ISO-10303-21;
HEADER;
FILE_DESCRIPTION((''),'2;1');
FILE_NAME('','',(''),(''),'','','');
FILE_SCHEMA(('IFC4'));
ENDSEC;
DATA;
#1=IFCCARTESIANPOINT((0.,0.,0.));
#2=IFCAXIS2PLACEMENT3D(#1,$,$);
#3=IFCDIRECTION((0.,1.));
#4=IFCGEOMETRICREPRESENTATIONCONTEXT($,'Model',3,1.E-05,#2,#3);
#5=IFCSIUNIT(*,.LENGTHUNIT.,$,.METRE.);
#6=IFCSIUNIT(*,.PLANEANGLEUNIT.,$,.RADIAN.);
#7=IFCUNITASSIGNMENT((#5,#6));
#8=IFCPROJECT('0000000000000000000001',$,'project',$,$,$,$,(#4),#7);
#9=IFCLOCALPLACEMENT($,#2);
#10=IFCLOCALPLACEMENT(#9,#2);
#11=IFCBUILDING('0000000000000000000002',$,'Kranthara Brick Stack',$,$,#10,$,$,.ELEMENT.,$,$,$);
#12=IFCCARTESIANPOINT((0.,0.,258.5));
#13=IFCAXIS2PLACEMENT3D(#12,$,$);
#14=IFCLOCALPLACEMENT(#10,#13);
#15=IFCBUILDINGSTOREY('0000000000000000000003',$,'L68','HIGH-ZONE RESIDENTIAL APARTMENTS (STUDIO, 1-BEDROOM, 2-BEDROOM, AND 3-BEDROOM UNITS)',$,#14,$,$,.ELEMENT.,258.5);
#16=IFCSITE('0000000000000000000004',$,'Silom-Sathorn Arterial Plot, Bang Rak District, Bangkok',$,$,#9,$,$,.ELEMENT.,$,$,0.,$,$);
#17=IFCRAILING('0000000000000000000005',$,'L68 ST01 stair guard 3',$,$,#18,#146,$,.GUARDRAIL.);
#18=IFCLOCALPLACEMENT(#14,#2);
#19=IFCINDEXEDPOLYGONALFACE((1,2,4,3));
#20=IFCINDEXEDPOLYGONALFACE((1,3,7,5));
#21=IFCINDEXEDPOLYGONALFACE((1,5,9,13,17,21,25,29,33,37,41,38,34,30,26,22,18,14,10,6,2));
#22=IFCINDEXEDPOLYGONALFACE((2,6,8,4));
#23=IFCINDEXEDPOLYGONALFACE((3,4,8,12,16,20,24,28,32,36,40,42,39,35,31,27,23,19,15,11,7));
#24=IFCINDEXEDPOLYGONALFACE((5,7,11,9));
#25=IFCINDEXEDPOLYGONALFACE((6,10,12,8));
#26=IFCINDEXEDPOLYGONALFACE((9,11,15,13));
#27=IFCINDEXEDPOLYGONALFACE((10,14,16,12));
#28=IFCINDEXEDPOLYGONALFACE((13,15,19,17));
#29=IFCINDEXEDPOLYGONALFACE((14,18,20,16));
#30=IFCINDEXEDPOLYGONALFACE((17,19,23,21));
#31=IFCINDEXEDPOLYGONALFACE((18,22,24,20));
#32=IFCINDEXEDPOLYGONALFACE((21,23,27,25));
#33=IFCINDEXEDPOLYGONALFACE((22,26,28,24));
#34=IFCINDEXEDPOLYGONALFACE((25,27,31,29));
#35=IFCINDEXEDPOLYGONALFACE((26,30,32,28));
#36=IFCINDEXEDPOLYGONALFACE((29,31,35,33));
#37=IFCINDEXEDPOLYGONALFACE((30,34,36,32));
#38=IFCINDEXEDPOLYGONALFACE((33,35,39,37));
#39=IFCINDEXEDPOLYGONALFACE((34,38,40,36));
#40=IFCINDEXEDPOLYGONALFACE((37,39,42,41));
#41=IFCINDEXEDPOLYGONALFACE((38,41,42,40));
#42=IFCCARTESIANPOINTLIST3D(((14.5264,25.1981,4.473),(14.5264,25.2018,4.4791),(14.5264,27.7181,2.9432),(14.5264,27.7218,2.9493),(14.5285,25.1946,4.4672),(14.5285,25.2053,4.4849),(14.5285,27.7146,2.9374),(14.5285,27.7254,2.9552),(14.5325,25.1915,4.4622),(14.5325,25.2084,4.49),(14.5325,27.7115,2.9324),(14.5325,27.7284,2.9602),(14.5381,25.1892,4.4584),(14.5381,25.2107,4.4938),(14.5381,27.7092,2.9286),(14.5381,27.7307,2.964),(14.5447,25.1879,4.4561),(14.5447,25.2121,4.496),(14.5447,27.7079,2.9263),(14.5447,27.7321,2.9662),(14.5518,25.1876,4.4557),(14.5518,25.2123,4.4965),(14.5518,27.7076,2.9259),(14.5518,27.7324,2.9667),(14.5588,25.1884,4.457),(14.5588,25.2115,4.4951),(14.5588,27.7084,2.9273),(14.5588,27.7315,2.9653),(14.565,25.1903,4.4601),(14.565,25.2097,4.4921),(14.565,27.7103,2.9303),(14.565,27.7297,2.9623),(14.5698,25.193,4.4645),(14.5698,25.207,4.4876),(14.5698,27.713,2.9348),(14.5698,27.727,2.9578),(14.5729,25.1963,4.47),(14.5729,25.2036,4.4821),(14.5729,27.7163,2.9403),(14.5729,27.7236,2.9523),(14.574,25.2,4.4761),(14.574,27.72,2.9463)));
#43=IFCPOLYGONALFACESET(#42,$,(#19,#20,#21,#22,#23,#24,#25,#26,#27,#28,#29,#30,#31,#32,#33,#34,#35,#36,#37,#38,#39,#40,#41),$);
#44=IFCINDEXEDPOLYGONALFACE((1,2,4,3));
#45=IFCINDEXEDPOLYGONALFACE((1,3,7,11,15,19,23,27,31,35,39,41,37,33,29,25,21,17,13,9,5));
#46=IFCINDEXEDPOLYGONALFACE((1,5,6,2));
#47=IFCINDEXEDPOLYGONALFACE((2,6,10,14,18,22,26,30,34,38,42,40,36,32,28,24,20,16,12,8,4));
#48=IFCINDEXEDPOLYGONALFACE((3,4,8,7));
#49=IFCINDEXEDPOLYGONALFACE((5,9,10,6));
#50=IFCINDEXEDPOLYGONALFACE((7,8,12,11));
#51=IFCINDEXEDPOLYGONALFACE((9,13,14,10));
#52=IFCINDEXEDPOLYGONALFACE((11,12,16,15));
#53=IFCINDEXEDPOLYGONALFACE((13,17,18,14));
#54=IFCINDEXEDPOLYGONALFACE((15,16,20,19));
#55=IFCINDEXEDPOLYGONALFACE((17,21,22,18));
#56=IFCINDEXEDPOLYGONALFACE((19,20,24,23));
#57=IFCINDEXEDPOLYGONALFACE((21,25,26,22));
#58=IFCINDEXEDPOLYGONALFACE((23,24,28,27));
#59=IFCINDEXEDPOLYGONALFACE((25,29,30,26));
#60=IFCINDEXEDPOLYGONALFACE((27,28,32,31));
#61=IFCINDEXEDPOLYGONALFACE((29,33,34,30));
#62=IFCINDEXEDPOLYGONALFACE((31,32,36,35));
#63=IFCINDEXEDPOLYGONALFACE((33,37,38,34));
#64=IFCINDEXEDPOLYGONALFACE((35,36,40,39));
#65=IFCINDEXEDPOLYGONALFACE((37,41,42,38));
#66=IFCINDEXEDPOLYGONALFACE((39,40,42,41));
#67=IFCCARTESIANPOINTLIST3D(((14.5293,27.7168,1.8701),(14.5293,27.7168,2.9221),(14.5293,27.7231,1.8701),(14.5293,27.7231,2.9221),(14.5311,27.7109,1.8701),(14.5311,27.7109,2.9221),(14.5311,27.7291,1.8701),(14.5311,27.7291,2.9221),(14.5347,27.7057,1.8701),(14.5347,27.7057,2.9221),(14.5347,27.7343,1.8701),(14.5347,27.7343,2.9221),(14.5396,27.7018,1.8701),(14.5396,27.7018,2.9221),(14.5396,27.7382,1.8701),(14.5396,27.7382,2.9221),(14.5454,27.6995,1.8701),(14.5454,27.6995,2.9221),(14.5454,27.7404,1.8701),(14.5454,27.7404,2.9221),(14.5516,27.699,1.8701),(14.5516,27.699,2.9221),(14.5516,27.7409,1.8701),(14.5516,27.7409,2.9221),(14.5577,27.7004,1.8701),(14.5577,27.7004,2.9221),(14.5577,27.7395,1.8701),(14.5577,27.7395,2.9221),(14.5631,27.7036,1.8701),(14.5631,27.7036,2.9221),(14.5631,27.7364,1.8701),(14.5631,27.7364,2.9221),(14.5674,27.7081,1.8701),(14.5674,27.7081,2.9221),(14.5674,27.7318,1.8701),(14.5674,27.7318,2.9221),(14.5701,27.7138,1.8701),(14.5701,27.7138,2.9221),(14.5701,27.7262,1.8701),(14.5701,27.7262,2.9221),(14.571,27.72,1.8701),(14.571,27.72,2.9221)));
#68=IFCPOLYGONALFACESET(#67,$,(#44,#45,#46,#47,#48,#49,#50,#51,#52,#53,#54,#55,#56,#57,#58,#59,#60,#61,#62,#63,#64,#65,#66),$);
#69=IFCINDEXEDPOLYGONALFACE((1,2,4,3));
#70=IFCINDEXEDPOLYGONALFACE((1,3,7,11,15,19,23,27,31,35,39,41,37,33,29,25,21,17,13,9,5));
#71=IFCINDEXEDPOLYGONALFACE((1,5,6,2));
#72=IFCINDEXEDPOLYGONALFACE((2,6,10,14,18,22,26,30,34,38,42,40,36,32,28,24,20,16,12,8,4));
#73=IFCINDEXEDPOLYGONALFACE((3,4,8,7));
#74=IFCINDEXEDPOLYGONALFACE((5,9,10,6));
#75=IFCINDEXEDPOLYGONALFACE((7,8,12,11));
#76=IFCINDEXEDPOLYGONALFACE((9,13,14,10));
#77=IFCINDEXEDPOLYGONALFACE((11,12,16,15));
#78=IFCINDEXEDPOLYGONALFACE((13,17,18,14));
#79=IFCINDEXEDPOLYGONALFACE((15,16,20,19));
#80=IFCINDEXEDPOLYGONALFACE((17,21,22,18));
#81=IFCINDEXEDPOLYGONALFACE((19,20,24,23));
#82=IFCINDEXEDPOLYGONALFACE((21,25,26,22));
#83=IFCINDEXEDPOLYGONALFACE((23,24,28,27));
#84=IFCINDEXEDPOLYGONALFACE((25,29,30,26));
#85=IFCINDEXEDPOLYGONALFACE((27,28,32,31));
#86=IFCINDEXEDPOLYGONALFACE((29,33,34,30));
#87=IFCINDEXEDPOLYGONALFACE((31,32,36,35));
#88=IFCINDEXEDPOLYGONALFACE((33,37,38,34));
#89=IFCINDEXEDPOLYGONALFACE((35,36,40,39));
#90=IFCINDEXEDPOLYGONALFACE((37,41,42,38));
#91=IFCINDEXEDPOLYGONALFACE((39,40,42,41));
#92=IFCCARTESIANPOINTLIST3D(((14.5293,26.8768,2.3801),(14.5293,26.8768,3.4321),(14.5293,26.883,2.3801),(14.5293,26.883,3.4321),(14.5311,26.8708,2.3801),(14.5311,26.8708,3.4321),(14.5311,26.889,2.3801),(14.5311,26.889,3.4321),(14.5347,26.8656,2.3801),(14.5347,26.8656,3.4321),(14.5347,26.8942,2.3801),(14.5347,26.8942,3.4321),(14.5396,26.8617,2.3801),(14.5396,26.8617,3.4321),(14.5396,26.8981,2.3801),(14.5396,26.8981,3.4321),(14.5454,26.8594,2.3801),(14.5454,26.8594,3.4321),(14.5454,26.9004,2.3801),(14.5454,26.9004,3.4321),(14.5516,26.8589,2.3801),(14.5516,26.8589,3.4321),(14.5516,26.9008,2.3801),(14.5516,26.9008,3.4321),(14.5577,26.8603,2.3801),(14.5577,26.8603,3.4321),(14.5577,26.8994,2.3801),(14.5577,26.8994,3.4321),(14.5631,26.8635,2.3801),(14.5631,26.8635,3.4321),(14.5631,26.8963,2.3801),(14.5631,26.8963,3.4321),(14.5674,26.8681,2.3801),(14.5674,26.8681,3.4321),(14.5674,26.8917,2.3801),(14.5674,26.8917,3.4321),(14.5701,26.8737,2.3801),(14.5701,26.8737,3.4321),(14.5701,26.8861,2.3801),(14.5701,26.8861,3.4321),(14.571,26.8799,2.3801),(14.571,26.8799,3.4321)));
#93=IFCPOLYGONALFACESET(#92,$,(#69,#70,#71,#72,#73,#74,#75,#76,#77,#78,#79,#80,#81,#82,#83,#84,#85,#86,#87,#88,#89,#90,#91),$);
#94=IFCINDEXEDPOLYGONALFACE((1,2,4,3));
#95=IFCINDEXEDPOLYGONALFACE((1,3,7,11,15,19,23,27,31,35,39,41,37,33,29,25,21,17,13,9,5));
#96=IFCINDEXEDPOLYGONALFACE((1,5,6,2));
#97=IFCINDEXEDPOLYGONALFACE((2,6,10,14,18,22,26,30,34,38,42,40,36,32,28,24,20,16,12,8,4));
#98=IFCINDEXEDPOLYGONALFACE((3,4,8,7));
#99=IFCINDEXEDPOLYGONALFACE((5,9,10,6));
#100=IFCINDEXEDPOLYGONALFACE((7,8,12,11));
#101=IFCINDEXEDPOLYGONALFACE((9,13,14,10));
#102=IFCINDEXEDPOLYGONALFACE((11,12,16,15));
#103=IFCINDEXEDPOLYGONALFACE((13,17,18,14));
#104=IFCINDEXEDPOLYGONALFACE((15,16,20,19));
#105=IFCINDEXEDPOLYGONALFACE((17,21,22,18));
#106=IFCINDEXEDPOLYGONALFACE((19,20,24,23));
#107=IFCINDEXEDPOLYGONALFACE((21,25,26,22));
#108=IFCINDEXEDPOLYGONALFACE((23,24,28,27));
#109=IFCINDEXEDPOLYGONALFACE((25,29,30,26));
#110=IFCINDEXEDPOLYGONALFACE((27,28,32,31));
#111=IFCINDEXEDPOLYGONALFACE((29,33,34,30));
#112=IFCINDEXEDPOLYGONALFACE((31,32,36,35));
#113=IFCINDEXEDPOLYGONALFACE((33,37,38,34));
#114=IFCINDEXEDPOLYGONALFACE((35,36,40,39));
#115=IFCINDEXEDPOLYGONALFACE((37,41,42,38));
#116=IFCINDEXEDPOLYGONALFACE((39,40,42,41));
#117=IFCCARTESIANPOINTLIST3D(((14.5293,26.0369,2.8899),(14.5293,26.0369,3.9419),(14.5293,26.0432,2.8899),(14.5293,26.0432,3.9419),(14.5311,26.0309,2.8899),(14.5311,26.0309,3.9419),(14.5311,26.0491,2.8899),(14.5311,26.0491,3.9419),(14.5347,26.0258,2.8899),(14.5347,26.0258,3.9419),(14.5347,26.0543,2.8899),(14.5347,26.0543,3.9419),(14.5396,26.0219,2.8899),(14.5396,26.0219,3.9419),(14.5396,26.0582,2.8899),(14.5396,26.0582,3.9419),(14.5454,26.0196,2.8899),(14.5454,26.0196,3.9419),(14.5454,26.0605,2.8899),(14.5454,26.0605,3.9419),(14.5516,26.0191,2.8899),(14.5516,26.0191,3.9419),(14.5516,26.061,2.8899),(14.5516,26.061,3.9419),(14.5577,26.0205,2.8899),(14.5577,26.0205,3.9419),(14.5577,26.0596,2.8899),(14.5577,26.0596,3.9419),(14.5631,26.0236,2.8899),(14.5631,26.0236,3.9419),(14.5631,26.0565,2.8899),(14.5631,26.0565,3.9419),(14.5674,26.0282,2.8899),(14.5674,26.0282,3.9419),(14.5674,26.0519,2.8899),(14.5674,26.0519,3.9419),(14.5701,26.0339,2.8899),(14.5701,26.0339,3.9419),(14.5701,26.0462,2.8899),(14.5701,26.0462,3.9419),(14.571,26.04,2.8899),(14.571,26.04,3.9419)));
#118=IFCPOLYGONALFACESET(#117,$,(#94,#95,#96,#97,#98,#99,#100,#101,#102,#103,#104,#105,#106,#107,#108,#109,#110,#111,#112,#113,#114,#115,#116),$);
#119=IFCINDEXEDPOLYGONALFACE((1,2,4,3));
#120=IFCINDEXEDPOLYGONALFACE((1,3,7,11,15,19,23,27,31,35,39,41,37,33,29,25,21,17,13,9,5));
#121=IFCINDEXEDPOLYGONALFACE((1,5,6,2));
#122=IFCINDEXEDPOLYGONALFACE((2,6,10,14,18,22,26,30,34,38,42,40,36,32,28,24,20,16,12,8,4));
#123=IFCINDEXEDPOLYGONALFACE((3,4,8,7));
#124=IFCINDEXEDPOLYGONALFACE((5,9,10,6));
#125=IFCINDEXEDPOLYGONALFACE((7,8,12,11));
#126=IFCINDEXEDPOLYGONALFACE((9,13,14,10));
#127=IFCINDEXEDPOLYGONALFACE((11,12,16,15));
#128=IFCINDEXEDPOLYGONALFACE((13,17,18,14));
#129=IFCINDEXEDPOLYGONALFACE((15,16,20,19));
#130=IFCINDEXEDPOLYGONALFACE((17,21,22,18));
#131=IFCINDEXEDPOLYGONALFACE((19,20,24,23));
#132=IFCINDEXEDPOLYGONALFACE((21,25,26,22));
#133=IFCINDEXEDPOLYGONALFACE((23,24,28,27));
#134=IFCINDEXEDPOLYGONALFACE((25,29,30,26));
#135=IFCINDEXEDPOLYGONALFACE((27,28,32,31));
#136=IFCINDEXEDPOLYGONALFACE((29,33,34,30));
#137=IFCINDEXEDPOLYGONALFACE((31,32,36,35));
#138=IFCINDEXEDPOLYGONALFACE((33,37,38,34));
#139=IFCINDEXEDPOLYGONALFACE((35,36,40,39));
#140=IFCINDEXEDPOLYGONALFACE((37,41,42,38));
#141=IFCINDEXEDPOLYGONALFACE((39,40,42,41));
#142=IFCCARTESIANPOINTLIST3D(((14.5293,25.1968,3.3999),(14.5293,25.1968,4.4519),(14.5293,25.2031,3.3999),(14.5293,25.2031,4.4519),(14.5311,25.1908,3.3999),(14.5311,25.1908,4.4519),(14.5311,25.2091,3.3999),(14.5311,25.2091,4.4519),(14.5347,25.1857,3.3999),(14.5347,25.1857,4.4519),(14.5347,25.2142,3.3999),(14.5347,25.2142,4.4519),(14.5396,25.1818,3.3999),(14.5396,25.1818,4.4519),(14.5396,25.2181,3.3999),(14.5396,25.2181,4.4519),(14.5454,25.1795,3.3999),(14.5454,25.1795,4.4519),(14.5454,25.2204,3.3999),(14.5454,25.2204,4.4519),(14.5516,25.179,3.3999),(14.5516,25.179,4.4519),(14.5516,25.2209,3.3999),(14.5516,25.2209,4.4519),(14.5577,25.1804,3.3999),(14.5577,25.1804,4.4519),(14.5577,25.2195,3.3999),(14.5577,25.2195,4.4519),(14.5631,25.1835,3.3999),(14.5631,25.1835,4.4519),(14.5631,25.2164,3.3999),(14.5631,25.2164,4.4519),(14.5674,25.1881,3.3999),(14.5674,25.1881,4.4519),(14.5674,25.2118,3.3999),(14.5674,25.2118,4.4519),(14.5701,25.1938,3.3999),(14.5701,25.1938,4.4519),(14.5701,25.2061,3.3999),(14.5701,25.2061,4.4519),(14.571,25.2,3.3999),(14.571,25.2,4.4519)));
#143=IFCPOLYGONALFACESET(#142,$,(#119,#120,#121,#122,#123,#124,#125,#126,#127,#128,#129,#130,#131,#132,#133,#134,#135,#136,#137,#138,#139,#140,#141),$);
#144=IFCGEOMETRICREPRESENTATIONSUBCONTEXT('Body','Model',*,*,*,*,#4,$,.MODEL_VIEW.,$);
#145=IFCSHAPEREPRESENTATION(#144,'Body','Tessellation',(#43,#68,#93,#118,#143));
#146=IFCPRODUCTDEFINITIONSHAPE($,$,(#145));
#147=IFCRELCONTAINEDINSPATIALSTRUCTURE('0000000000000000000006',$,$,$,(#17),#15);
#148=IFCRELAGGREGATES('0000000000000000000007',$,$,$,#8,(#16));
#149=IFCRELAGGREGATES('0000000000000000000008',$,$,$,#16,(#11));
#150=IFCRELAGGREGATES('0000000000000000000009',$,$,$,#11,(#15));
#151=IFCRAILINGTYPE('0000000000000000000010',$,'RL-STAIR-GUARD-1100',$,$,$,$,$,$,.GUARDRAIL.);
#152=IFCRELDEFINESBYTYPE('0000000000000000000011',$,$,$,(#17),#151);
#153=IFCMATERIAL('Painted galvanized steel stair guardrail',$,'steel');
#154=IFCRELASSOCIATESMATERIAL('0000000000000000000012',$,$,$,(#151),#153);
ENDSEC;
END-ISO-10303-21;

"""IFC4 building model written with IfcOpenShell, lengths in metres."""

from ifc_helpers import new_model, si_unit, direction, frame, origin, origin_2d, place, context, subcontext, project, spatial, circle, extrude, material, type_object, element, save


model = new_model("IFC4")

# Units and contexts
model_context = context("Model", 3, precision=1e-05, world=origin(), true_north=direction((0.0, 1.0)))
body_context = subcontext(model_context, "Body", "Model", "MODEL_VIEW")
ifc_project = project(units=[si_unit("LENGTHUNIT", "METRE"), si_unit("PLANEANGLEUNIT", "RADIAN")], contexts=[model_context])

# Site, building, storey
site_placement = place(None, origin())
site = spatial("IfcSite", under=ifc_project, at=site_placement, Name="Silom-Sathorn Arterial Plot, Bang Rak District, Bangkok", CompositionType="ELEMENT", RefElevation=0.0)
building_placement = place(site_placement, origin())
building = spatial("IfcBuilding", under=site, at=building_placement, Name="Kranthara Brick Stack", CompositionType="ELEMENT")
storey_placement = place(building_placement, frame((0.0, 0.0, 258.5)))
storey = spatial("IfcBuildingStorey", under=building, at=storey_placement, Name="L68", Description="HIGH-ZONE RESIDENTIAL APARTMENTS (STUDIO, 1-BEDROOM, 2-BEDROOM, AND 3-BEDROOM UNITS)", CompositionType="ELEMENT", Elevation=258.5)

# Railing
ifc_material_1 = material(Name="Painted galvanized steel stair guardrail", Category="steel")
railing_type_1 = type_object("IfcRailingType", Name="RL-STAIR-GUARD-1100", PredefinedType="GUARDRAIL", material=ifc_material_1)
railing_1_placement = place(storey_placement, frame((14.55, 27.72, 1.8701)))
element("IfcRailing", 1, at=railing_1_placement, inside=storey, type_object=railing_type_1, Name="L68 ST01 stair guard 3", PredefinedType="GUARDRAIL", context=body_context, shape_type="SweptSolid", body=[
    extrude(circle(Radius=0.0239, at=origin_2d()), frame((0.0, 0.0, 1.0762), z_axis=(0.0, -0.854822, 0.518922), x_axis=(1.0, 0.0, 0.0)), (0.0, 0.0, 1.0), 2.948),
    extrude(circle(Radius=0.021, at=origin_2d()), origin(), (0.0, 0.0, 1.0), 1.052),
    extrude(circle(Radius=0.021, at=origin_2d()), frame((0.0, -0.8401, 0.51)), (0.0, 0.0, 1.0), 1.052),
    extrude(circle(Radius=0.021, at=origin_2d()), frame((0.0, -1.6799, 1.0198)), (0.0, 0.0, 1.0), 1.052),
    extrude(circle(Radius=0.021, at=origin_2d()), frame((0.0, -2.52, 1.5298)), (0.0, 0.0, 1.0), 1.052),
])

save(model, "model.ifc")
